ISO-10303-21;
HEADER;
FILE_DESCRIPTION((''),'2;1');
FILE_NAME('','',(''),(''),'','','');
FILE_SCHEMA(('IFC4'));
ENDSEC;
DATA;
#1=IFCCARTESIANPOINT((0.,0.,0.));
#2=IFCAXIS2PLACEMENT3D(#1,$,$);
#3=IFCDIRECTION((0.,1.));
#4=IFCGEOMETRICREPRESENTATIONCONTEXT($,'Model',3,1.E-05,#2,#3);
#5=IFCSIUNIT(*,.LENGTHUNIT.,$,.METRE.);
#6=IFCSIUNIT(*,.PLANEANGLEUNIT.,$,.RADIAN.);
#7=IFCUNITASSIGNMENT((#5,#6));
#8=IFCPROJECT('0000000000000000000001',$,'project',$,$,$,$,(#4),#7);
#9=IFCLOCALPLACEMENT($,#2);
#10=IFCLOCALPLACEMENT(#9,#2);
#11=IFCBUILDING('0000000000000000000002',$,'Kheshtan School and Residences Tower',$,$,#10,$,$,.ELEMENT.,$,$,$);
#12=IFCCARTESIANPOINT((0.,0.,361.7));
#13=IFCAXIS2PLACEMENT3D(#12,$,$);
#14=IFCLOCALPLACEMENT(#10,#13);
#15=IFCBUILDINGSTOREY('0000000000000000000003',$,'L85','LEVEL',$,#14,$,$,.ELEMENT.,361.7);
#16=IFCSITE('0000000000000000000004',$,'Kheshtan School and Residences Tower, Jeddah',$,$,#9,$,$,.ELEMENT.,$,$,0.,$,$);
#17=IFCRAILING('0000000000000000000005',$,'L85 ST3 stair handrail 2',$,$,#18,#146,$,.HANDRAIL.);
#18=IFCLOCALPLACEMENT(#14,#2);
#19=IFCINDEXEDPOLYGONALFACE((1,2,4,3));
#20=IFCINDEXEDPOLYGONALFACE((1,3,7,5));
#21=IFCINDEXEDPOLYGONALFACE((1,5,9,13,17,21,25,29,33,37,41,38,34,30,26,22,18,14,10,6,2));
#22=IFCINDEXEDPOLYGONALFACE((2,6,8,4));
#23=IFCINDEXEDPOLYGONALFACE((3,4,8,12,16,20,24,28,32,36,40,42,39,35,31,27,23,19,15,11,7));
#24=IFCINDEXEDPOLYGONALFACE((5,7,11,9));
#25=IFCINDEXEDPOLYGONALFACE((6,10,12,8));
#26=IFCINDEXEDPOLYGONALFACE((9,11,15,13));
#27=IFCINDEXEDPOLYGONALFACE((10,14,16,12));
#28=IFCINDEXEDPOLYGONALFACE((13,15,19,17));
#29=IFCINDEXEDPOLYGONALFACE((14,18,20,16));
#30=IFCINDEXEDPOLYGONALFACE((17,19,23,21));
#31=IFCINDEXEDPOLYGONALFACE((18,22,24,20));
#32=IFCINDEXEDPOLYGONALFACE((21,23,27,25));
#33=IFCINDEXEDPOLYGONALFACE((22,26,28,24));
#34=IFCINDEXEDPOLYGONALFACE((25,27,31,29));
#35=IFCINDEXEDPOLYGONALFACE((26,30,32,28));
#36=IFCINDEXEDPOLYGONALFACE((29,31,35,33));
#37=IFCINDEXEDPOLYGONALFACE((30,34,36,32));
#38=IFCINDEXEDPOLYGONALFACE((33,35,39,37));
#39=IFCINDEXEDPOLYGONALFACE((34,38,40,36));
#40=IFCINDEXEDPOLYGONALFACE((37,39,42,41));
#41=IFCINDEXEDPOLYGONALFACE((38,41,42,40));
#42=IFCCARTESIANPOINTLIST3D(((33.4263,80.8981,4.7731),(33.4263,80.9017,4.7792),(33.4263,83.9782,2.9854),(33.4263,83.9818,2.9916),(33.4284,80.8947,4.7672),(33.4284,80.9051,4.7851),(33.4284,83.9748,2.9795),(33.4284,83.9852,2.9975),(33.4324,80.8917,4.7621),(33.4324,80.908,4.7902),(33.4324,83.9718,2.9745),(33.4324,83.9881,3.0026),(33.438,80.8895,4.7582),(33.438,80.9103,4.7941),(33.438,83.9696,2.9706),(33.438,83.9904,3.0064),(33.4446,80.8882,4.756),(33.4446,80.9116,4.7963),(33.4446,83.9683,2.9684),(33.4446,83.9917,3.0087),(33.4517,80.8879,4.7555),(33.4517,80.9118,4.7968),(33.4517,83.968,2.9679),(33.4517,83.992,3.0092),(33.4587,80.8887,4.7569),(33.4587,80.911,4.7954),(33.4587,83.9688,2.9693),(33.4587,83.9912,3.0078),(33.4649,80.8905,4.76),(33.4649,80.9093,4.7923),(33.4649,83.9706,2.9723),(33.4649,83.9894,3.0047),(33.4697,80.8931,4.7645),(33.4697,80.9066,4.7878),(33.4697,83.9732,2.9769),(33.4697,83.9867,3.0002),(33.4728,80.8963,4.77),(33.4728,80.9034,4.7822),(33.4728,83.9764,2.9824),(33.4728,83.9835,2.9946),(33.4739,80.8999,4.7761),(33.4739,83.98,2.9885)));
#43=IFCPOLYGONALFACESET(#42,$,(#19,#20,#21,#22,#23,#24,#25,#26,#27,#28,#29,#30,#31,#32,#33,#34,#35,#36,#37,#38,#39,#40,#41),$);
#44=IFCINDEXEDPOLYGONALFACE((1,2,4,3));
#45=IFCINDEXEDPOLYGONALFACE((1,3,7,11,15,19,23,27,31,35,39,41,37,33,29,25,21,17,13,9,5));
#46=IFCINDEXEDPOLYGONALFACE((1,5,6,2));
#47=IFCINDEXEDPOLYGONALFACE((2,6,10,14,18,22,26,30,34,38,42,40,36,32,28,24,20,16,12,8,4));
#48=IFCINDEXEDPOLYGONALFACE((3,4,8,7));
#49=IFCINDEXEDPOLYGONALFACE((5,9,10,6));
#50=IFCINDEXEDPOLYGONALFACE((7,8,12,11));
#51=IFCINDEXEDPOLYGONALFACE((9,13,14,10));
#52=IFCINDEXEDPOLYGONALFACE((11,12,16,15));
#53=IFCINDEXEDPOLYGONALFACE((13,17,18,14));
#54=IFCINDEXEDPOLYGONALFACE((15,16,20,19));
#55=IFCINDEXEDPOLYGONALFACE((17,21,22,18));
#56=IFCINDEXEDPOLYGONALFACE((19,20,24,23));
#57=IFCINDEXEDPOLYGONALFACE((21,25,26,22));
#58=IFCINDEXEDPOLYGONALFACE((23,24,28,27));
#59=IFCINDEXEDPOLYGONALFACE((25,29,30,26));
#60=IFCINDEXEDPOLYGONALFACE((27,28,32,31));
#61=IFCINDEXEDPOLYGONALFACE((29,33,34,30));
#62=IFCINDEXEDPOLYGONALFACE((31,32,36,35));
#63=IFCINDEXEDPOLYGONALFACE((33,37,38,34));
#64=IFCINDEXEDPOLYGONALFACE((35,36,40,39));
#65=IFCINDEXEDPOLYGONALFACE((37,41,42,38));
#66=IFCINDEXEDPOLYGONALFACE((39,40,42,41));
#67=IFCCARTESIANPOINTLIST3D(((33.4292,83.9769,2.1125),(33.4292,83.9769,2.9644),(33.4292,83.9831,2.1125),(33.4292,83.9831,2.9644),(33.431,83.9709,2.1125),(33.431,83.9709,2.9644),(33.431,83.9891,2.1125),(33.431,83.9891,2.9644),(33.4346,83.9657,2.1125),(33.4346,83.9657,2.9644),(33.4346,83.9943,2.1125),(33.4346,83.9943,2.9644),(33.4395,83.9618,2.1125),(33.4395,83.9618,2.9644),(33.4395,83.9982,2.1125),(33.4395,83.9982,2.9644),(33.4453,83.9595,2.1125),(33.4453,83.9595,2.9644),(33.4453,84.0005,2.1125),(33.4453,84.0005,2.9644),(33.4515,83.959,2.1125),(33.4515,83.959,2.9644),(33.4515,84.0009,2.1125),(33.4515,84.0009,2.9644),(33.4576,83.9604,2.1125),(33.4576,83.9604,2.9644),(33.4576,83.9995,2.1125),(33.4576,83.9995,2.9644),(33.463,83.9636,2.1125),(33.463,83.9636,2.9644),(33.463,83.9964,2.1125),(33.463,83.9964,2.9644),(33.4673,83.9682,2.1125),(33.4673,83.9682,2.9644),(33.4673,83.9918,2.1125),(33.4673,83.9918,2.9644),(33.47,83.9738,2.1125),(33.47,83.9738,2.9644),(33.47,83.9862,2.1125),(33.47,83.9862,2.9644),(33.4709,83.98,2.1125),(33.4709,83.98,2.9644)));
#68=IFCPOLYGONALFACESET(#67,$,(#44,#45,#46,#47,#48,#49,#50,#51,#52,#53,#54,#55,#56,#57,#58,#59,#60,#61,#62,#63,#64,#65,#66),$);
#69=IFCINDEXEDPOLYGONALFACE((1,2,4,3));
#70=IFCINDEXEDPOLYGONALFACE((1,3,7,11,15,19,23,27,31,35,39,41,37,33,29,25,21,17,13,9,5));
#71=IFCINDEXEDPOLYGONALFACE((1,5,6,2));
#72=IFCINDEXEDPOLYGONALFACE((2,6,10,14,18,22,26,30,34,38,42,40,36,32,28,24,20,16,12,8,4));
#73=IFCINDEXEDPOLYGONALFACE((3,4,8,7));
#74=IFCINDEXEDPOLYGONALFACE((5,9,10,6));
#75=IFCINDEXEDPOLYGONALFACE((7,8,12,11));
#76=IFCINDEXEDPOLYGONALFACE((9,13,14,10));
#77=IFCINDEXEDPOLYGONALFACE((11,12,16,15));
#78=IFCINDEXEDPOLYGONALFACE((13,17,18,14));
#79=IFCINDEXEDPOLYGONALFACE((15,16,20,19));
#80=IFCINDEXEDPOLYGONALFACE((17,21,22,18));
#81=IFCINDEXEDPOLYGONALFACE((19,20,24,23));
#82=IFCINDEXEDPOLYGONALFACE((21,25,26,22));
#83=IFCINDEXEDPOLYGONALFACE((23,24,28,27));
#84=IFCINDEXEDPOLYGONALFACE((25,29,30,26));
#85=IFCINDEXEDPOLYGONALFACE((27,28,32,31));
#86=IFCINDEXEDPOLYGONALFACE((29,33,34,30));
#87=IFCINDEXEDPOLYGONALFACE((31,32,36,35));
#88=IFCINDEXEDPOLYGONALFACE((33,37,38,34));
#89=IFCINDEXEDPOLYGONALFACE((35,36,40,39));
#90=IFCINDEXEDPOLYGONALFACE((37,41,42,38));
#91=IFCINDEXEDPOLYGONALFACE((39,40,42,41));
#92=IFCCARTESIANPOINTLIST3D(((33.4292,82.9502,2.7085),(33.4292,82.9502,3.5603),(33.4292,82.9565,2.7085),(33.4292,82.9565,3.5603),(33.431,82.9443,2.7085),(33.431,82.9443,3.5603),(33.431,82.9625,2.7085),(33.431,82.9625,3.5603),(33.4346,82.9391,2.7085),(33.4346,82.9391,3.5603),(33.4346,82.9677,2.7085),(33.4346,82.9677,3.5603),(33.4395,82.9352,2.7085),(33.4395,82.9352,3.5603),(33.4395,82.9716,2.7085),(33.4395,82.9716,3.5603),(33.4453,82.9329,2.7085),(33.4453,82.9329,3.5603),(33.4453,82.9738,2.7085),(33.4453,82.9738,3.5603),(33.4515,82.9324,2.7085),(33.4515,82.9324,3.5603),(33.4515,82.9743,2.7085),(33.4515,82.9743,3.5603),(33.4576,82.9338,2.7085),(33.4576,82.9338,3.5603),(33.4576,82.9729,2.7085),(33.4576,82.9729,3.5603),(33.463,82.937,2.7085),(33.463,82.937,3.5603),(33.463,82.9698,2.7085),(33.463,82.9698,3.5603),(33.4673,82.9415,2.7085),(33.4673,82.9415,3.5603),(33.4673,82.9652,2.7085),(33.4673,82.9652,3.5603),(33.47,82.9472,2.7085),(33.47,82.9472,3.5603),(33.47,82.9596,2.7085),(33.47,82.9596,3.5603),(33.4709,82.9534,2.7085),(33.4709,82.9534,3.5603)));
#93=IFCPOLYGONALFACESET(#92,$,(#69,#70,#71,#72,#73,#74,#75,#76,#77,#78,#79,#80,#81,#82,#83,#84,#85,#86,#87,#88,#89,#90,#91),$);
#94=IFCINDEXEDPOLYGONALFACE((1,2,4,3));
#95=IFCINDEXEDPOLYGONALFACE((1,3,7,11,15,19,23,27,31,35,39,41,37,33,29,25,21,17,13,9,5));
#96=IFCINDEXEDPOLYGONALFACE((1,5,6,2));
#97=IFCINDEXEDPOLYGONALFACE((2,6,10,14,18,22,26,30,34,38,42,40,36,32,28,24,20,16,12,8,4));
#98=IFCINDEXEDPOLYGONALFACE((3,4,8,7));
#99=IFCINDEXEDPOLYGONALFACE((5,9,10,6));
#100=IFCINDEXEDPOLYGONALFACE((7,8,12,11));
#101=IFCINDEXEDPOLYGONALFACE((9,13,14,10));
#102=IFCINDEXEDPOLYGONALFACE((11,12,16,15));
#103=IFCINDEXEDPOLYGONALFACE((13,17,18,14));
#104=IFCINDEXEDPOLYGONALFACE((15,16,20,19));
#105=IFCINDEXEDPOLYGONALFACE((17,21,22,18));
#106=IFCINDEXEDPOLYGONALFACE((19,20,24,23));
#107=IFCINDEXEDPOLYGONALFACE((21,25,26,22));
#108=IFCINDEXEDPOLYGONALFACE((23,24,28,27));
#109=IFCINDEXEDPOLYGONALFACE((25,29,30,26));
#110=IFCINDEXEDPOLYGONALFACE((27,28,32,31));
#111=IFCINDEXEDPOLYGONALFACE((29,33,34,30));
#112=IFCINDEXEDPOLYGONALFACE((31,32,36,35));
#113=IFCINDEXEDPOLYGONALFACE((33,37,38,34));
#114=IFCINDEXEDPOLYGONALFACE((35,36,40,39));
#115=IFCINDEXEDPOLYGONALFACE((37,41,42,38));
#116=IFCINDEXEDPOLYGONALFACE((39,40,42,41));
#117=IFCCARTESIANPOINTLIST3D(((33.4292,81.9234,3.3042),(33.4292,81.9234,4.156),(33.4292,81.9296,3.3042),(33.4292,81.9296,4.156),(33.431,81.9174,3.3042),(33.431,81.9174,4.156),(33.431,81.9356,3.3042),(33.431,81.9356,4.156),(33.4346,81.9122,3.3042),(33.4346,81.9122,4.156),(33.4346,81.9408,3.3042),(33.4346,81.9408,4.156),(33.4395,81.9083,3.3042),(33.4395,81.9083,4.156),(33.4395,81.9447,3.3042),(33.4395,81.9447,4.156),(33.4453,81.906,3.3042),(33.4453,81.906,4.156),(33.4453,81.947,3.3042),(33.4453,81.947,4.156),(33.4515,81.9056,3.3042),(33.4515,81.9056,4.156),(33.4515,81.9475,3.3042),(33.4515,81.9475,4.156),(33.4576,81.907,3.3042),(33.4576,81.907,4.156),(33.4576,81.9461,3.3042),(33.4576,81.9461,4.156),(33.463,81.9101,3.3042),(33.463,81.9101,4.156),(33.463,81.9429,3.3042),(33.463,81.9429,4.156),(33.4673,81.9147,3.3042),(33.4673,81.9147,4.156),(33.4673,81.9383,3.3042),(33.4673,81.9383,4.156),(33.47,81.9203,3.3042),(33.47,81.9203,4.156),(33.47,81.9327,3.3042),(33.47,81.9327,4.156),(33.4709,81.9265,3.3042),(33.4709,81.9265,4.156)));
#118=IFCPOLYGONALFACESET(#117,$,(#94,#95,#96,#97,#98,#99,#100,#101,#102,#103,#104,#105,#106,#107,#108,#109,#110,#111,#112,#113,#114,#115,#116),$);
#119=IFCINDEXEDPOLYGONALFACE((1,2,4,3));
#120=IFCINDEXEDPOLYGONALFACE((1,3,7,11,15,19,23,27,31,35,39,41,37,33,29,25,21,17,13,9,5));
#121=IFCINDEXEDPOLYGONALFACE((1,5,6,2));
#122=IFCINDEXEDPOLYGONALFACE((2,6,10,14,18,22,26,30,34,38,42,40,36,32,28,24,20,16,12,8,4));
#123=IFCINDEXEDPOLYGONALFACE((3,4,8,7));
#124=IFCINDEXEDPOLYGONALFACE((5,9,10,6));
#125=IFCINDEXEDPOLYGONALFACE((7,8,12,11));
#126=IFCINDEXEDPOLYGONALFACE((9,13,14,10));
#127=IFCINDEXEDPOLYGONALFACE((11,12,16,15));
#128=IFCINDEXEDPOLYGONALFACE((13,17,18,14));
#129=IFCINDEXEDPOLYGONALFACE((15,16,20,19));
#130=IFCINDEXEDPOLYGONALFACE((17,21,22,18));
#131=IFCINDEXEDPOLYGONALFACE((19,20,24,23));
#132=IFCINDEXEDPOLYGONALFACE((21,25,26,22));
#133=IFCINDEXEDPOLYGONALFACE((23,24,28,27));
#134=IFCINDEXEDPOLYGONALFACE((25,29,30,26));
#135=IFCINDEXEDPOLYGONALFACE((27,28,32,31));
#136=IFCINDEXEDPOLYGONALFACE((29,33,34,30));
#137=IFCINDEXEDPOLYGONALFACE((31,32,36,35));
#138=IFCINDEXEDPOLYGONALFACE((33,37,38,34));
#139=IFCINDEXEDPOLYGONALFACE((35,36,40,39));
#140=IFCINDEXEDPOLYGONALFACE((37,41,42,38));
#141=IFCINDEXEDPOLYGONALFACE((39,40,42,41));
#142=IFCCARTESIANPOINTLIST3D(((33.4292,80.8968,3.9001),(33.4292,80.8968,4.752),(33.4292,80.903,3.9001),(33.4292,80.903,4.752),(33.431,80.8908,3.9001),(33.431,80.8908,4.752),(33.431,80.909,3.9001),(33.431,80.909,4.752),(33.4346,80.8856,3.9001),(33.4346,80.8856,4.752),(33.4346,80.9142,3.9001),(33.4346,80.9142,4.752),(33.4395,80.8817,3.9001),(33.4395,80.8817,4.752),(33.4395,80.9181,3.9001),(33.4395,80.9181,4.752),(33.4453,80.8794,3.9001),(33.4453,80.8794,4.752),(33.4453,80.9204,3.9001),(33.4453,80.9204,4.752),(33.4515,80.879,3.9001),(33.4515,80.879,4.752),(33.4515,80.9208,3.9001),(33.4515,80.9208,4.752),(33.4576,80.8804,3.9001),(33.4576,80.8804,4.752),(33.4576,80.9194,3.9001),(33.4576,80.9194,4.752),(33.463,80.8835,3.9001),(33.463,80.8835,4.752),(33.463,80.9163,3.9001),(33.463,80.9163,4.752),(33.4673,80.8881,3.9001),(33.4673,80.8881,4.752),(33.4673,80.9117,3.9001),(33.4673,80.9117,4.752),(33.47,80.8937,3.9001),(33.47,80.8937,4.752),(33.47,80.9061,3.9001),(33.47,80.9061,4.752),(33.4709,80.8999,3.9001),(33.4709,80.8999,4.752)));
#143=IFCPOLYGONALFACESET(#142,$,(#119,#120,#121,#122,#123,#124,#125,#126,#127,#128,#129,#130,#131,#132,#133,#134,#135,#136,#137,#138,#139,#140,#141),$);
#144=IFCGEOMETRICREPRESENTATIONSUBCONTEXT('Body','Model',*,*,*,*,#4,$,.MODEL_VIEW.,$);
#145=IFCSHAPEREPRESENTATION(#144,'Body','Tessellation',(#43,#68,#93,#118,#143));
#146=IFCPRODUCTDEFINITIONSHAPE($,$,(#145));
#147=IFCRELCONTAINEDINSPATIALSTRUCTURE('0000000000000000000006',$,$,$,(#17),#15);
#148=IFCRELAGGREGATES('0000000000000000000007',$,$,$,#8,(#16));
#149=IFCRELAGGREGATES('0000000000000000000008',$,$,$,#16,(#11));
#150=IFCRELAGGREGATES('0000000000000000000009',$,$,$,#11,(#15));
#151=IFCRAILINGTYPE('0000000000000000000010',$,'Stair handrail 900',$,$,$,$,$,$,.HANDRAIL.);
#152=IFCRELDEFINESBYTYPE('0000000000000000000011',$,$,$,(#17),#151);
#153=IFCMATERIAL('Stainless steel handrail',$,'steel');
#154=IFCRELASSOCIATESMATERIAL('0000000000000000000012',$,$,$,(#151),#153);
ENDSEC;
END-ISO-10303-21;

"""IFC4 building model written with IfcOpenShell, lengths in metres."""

from ifc_helpers import new_model, si_unit, direction, frame, origin, origin_2d, place, context, subcontext, project, spatial, circle, extrude, material, type_object, element, save


model = new_model("IFC4")

# Units and contexts
model_context = context("Model", 3, precision=1e-05, world=origin(), true_north=direction((0.0, 1.0)))
body_context = subcontext(model_context, "Body", "Model", "MODEL_VIEW")
ifc_project = project(units=[si_unit("LENGTHUNIT", "METRE"), si_unit("PLANEANGLEUNIT", "RADIAN")], contexts=[model_context])

# Site, building, storey
site_placement = place(None, origin())
site = spatial("IfcSite", under=ifc_project, at=site_placement, Name="Kheshtan School and Residences Tower, Jeddah", CompositionType="ELEMENT", RefElevation=0.0)
building_placement = place(site_placement, origin())
building = spatial("IfcBuilding", under=site, at=building_placement, Name="Kheshtan School and Residences Tower", CompositionType="ELEMENT")
storey_placement = place(building_placement, frame((0.0, 0.0, 361.7)))
storey = spatial("IfcBuildingStorey", under=building, at=storey_placement, Name="L85", Description="LEVEL", CompositionType="ELEMENT", Elevation=361.7)

# Railing
ifc_material_1 = material(Name="Stainless steel handrail", Category="steel")
railing_type_1 = type_object("IfcRailingType", Name="Stair handrail 900", PredefinedType="HANDRAIL", material=ifc_material_1)
railing_1_placement = place(storey_placement, frame((33.45, 83.98, 2.1125)))
element("IfcRailing", 1, at=railing_1_placement, inside=storey, type_object=railing_type_1, Name="L85 ST3 stair handrail 2", PredefinedType="HANDRAIL", context=body_context, shape_type="SweptSolid", body=[
    extrude(circle(Radius=0.0239, at=origin_2d()), frame((0.0, 0.0, 0.876), z_axis=(0.0, -0.864891, 0.50196), x_axis=(1.0, 0.0, 0.0)), (0.0, 0.0, 1.0), 3.5613),
    extrude(circle(Radius=0.021, at=origin_2d()), origin(), (0.0, 0.0, 1.0), 0.8518),
    extrude(circle(Radius=0.021, at=origin_2d()), frame((0.0, -1.0266, 0.5959)), (0.0, 0.0, 1.0), 0.8518),
    extrude(circle(Radius=0.021, at=origin_2d()), frame((0.0, -2.0535, 1.1917)), (0.0, 0.0, 1.0), 0.8518),
    extrude(circle(Radius=0.021, at=origin_2d()), frame((0.0, -3.0801, 1.7876)), (0.0, 0.0, 1.0), 0.8518),
])

save(model, "model.ifc")
